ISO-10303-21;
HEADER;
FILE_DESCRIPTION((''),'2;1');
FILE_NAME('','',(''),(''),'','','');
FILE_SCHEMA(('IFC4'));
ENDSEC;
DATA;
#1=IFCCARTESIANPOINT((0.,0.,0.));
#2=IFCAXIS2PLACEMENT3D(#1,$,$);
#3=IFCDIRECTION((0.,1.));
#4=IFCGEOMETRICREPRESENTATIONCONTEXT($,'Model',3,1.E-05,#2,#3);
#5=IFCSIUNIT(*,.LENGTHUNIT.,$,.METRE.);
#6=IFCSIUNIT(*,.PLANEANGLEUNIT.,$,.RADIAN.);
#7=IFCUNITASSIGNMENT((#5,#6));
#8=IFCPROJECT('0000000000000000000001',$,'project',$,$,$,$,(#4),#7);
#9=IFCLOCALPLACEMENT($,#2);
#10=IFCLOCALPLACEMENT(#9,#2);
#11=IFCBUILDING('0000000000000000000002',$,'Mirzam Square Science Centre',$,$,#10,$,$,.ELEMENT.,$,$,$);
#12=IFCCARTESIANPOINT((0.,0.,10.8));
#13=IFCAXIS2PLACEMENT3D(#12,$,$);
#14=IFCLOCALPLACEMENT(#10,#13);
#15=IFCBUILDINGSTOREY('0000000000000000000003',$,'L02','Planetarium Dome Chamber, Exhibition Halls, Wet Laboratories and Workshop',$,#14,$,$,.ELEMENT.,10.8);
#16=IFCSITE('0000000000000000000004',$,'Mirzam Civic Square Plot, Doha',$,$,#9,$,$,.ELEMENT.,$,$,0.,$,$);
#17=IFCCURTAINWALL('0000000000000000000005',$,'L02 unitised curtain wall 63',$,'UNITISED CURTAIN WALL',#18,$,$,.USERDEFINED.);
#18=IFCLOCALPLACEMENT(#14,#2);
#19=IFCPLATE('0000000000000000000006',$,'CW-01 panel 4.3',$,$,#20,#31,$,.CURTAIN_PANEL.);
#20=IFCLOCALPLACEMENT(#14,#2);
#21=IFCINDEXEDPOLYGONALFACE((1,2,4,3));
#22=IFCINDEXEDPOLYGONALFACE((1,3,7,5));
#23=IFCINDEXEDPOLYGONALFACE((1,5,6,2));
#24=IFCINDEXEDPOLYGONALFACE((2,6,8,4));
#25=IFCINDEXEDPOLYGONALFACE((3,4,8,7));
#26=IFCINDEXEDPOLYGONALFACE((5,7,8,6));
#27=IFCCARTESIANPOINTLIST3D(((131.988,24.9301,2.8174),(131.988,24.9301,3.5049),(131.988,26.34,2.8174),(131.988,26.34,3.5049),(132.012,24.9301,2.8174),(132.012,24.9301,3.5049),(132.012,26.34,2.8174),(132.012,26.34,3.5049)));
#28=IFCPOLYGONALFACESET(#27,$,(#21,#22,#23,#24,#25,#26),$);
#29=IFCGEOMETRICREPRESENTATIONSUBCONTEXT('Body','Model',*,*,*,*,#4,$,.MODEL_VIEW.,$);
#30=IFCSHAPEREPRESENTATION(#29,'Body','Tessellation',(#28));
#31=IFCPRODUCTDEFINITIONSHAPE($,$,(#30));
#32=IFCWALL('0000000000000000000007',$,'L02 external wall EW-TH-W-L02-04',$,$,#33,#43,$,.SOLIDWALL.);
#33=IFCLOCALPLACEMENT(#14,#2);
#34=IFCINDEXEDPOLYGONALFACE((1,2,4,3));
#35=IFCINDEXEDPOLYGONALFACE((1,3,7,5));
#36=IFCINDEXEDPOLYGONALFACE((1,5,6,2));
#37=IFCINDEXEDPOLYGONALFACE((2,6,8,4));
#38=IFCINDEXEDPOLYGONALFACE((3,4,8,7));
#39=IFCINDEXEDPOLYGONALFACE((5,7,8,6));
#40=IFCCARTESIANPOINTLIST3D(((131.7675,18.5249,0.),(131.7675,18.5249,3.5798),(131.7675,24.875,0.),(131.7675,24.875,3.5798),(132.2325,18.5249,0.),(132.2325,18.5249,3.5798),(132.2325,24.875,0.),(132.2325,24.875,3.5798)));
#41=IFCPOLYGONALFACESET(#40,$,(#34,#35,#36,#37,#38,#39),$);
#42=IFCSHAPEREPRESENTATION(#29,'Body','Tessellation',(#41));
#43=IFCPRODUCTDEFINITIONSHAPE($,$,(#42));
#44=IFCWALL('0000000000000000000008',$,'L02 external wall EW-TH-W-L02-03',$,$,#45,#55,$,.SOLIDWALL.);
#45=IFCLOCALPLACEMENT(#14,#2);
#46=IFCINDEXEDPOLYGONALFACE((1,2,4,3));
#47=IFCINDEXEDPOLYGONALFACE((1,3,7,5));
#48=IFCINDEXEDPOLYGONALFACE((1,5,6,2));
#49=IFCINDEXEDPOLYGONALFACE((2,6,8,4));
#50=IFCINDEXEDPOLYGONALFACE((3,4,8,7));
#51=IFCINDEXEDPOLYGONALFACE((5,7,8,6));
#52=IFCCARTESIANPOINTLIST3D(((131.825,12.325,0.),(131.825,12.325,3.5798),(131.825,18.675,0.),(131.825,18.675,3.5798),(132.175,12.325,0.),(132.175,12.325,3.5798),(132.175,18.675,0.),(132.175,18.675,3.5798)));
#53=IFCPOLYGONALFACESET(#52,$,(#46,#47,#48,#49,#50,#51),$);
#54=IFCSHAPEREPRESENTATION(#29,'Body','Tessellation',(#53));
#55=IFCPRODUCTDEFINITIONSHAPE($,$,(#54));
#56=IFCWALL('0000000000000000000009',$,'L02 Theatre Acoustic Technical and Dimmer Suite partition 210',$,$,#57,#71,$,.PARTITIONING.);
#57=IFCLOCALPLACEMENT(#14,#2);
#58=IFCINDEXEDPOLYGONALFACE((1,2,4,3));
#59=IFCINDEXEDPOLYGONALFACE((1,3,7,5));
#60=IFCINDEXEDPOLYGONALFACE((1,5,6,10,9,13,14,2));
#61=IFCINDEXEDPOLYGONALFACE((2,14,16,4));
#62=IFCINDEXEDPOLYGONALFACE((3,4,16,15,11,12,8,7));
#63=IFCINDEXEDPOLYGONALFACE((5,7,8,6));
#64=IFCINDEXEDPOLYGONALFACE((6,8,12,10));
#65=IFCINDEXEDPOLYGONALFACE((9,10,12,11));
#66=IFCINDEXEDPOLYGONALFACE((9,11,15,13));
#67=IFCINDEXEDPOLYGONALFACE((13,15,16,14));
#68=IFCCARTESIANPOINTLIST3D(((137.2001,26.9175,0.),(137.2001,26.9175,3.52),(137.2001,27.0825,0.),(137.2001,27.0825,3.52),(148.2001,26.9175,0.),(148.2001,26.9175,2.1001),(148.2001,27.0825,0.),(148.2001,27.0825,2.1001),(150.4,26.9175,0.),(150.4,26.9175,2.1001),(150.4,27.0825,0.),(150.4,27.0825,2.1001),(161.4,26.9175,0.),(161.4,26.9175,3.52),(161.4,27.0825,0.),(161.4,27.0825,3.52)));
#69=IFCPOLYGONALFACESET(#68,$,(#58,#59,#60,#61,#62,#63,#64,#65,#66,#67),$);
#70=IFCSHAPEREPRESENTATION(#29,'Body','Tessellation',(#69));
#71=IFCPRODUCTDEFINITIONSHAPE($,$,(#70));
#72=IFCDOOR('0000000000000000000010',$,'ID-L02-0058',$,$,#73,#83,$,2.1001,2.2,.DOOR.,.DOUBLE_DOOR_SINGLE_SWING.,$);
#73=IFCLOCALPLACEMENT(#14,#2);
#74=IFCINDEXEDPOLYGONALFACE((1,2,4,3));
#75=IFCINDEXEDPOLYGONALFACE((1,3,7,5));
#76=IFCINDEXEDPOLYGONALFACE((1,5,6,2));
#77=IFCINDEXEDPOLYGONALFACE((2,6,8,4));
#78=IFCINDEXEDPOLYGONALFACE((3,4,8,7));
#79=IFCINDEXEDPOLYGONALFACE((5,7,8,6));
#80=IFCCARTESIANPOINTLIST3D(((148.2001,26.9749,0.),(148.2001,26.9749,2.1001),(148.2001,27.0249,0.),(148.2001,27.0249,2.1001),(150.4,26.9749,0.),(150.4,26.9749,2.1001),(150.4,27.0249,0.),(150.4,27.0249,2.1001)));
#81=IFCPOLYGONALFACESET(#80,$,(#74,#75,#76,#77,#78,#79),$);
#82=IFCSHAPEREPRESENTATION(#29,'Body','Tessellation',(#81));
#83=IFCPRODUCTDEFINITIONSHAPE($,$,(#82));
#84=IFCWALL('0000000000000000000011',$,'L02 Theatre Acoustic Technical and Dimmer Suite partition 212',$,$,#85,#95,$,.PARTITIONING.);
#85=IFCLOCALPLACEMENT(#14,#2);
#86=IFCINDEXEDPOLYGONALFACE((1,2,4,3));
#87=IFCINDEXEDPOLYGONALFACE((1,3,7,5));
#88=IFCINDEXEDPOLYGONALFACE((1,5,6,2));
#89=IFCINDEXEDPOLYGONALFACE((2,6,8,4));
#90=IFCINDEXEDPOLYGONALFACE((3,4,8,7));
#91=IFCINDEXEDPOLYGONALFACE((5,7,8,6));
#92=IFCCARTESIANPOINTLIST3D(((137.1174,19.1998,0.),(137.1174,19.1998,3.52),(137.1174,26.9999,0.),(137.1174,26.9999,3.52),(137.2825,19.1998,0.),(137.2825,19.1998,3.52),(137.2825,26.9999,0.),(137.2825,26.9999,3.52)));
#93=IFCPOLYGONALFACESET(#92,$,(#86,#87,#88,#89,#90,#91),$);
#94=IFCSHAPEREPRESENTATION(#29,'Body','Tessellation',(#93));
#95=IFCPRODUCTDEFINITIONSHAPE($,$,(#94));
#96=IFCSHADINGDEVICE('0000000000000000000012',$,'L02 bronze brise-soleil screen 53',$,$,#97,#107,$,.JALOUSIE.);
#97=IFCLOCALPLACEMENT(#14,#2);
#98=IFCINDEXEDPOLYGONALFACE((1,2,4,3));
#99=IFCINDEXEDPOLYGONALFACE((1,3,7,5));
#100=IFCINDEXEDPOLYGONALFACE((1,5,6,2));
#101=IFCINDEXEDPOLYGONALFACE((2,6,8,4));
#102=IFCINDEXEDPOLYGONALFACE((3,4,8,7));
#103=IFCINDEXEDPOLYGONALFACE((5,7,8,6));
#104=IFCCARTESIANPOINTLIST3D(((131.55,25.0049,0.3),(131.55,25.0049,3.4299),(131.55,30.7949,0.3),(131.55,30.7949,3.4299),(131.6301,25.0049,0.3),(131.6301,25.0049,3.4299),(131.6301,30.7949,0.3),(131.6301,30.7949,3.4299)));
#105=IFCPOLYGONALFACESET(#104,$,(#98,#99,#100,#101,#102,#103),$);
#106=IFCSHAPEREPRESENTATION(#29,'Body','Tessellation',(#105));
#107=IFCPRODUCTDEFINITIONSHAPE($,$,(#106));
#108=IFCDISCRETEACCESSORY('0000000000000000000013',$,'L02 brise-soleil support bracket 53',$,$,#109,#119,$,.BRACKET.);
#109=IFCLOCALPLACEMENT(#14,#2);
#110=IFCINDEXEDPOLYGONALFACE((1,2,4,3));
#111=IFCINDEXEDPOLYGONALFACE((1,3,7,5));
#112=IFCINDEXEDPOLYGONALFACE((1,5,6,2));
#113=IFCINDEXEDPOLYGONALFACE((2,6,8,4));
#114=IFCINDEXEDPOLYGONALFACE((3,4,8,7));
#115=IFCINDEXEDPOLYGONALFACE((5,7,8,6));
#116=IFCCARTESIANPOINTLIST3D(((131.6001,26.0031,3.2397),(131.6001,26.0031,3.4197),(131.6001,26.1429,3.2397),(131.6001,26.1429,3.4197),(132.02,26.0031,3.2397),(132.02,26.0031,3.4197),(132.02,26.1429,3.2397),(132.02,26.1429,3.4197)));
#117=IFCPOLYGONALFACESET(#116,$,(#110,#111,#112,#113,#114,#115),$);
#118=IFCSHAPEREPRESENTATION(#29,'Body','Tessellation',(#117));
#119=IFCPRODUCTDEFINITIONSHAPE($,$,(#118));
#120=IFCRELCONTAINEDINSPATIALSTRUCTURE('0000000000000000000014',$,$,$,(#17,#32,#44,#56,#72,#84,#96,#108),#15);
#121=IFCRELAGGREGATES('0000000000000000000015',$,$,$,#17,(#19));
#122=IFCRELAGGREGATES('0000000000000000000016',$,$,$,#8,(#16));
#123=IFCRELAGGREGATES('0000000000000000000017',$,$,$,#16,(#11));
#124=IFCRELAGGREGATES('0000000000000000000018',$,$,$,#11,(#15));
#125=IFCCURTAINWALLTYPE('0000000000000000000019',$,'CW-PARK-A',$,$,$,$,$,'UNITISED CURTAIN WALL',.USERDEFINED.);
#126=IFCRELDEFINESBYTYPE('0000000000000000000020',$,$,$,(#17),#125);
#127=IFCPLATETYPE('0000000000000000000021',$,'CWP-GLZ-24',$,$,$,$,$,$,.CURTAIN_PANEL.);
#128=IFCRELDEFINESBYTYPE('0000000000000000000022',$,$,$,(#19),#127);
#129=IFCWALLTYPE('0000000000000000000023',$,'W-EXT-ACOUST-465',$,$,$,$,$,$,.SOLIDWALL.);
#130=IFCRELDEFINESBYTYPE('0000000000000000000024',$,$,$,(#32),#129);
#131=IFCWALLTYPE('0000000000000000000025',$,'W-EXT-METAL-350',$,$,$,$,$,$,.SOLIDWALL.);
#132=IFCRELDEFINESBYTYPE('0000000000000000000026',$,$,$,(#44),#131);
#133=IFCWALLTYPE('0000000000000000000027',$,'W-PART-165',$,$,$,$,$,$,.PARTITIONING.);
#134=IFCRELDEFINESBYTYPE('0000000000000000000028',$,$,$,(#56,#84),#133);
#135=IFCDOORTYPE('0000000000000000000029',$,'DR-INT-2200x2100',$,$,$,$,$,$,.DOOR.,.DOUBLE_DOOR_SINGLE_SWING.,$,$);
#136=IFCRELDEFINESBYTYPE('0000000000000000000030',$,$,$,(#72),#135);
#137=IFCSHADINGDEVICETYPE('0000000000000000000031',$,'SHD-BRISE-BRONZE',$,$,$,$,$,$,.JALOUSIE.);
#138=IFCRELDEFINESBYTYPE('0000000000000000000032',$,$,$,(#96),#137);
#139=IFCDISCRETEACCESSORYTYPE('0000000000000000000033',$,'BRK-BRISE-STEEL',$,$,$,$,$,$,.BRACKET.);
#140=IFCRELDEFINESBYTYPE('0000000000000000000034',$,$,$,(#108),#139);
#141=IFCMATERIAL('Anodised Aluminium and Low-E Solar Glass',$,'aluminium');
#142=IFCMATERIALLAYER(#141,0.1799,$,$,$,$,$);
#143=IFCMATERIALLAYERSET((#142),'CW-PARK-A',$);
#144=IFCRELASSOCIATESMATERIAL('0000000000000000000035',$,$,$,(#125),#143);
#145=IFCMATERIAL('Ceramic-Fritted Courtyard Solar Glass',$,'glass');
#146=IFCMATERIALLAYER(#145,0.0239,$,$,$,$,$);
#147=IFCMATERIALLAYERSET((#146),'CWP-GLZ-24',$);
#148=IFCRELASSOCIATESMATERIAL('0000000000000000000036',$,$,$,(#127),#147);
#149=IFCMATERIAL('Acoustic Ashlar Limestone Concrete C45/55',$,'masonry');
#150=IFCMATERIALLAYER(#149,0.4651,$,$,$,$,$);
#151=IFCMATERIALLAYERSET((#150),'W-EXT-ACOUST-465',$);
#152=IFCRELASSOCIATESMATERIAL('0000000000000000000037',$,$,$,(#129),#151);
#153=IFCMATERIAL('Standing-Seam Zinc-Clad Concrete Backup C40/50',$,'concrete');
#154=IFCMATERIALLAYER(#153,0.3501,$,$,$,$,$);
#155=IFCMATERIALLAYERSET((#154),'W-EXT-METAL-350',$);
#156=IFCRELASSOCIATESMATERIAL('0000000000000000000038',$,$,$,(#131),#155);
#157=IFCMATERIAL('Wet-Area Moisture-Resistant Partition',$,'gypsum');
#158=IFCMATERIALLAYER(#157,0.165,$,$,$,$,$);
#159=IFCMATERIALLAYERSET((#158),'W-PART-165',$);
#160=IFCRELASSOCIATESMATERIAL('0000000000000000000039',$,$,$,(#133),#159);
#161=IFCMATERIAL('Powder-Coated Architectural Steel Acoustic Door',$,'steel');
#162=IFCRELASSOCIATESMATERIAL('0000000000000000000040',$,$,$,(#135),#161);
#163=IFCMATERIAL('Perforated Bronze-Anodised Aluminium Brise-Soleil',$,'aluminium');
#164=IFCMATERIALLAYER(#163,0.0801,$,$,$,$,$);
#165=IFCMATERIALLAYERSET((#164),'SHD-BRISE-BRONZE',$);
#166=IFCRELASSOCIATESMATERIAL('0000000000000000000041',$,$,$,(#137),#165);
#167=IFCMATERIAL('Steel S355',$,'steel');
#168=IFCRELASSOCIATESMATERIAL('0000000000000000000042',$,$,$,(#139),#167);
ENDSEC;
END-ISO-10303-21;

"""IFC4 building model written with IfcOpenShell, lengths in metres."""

from ifc_helpers import new_model, si_unit, direction, frame, frame_2d, origin, origin_2d, place, context, subcontext, project, spatial, rectangle, extrude, material, layer, layer_set, type_object, element, fill, aggregate, save


model = new_model("IFC4")

# Units and contexts
model_context = context("Model", 3, precision=1e-05, world=origin(), true_north=direction((0.0, 1.0)))
body_context = subcontext(model_context, "Body", "Model", "MODEL_VIEW")
ifc_project = project(units=[si_unit("LENGTHUNIT", "METRE"), si_unit("PLANEANGLEUNIT", "RADIAN")], contexts=[model_context])

# Site, building, storey
site_placement = place(None, origin())
site = spatial("IfcSite", under=ifc_project, at=site_placement, Name="Mirzam Civic Square Plot, Doha", CompositionType="ELEMENT", RefElevation=0.0)
building_placement = place(site_placement, origin())
building = spatial("IfcBuilding", under=site, at=building_placement, Name="Mirzam Square Science Centre", CompositionType="ELEMENT")
storey_placement = place(building_placement, frame((0.0, 0.0, 10.8)))
storey = spatial("IfcBuildingStorey", under=building, at=storey_placement, Name="L02", Description="Planetarium Dome Chamber, Exhibition Halls, Wet Laboratories and Workshop", CompositionType="ELEMENT", Elevation=10.8)

# Shared definitions
ifc_material_1 = material(Name="Steel S355", Category="steel")

# Curtain wall
ifc_material_2 = material(Name="Anodised Aluminium and Low-E Solar Glass", Category="aluminium")
ifc_layer_1 = layer(ifc_material_2, 0.1799)
ifc_layer_set_1 = layer_set([ifc_layer_1], Name="CW-PARK-A")
curtain_wall_type = type_object("IfcCurtainWallType", Name="CW-PARK-A", ElementType="UNITISED CURTAIN WALL", PredefinedType="USERDEFINED", material=ifc_layer_set_1)
curtain_wall_placement = place(storey_placement, origin())
curtain_wall = element("IfcCurtainWall", 1, at=curtain_wall_placement, inside=storey, type_object=curtain_wall_type, Name="L02 unitised curtain wall 63", ObjectType="UNITISED CURTAIN WALL", PredefinedType="USERDEFINED")

# Plate
ifc_material_3 = material(Name="Ceramic-Fritted Courtyard Solar Glass", Category="glass")
ifc_layer_2 = layer(ifc_material_3, 0.0239)
ifc_layer_set_2 = layer_set([ifc_layer_2], Name="CWP-GLZ-24")
plate_type = type_object("IfcPlateType", Name="CWP-GLZ-24", PredefinedType="CURTAIN_PANEL", material=ifc_layer_set_2)
plate_1_placement = place(storey_placement, frame((132.0, 25.635, 2.8174), z_axis=(0.0, 0.0, 1.0), x_axis=(0.0, -1.0, 0.0)))
plate_1 = element("IfcPlate", 2, at=plate_1_placement, type_object=plate_type, Name="CW-01 panel 4.3", PredefinedType="CURTAIN_PANEL", context=body_context, shape_type="SweptSolid", body=[
    extrude(rectangle(XDim=1.4099, YDim=0.0239, at=origin_2d()), origin(), (0.0, 0.0, 1.0), 0.6875),
])
aggregate(curtain_wall, [plate_1])

# Walls
ifc_material_4 = material(Name="Acoustic Ashlar Limestone Concrete C45/55", Category="masonry")
ifc_layer_3 = layer(ifc_material_4, 0.4651)
ifc_layer_set_3 = layer_set([ifc_layer_3], Name="W-EXT-ACOUST-465")
wall_type_1 = type_object("IfcWallType", Name="W-EXT-ACOUST-465", PredefinedType="SOLIDWALL", material=ifc_layer_set_3)
wall_1_placement = place(storey_placement, frame((132.0, 24.875, 0.0), z_axis=(0.0, 0.0, 1.0), x_axis=(0.0, -1.0, 0.0)))
element("IfcWall", 3, at=wall_1_placement, inside=storey, type_object=wall_type_1, Name="L02 external wall EW-TH-W-L02-04", PredefinedType="SOLIDWALL", context=body_context, shape_type="SweptSolid", body=[
    extrude(rectangle(XDim=6.3501, YDim=0.4651, at=frame_2d((3.175, 0.0))), origin(), (0.0, 0.0, 1.0), 3.5798),
])
ifc_material_5 = material(Name="Standing-Seam Zinc-Clad Concrete Backup C40/50", Category="concrete")
ifc_layer_4 = layer(ifc_material_5, 0.3501)
ifc_layer_set_4 = layer_set([ifc_layer_4], Name="W-EXT-METAL-350")
wall_type_2 = type_object("IfcWallType", Name="W-EXT-METAL-350", PredefinedType="SOLIDWALL", material=ifc_layer_set_4)
wall_2_placement = place(storey_placement, frame((132.0, 18.675, 0.0), z_axis=(0.0, 0.0, 1.0), x_axis=(0.0, -1.0, 0.0)))
element("IfcWall", 4, at=wall_2_placement, inside=storey, type_object=wall_type_2, Name="L02 external wall EW-TH-W-L02-03", PredefinedType="SOLIDWALL", context=body_context, shape_type="SweptSolid", body=[
    extrude(rectangle(XDim=6.3501, YDim=0.3501, at=frame_2d((3.175, 0.0))), origin(), (0.0, 0.0, 1.0), 3.5798),
])

# Wall, opening, door
ifc_material_6 = material(Name="Wet-Area Moisture-Resistant Partition", Category="gypsum")
ifc_layer_5 = layer(ifc_material_6, 0.165)
ifc_layer_set_5 = layer_set([ifc_layer_5], Name="W-PART-165")
wall_type_3 = type_object("IfcWallType", Name="W-PART-165", PredefinedType="PARTITIONING", material=ifc_layer_set_5)
wall_3_placement = place(storey_placement, frame((137.2, 27.0, 0.0), z_axis=(0.0, 0.0, 1.0), x_axis=(1.0, 0.0, 0.0)))
wall_3 = element("IfcWall", 5, at=wall_3_placement, inside=storey, type_object=wall_type_3, Name="L02 Theatre Acoustic Technical and Dimmer Suite partition 210", PredefinedType="PARTITIONING", context=body_context, shape_type="SweptSolid", body=[
    extrude(rectangle(XDim=24.2, YDim=0.165, at=frame_2d((12.1001, 0.0))), origin(), (0.0, 0.0, 1.0), 3.52),
])
opening_placement = place(wall_3_placement, frame((11.0, 0.0, 0.0)))
opening = element("IfcOpeningElement", 6, at=opening_placement, cuts=wall_3, PredefinedType="OPENING", context=body_context, shape_type="SweptSolid", body=[
    extrude(rectangle(XDim=2.2, YDim=2.1001, at=frame_2d((1.1001, 1.05))), frame((0.0, 0.0925, 0.0), z_axis=(0.0, -1.0, 0.0), x_axis=(1.0, 0.0, 0.0)), (0.0, 0.0, 1.0), 0.1851),
])
ifc_material_7 = material(Name="Powder-Coated Architectural Steel Acoustic Door", Category="steel")
door_type = type_object("IfcDoorType", Name="DR-INT-2200x2100", OperationType="DOUBLE_DOOR_SINGLE_SWING", PredefinedType="DOOR", material=ifc_material_7)
door_placement = place(opening_placement, origin())
door = element("IfcDoor", 7, at=door_placement, inside=storey, type_object=door_type, Name="ID-L02-0058", OperationType="DOUBLE_DOOR_SINGLE_SWING", OverallHeight=2.1001, OverallWidth=2.2, PredefinedType="DOOR", context=body_context, shape_type="SweptSolid", body=[
    extrude(rectangle(XDim=2.2, YDim=2.1001, at=frame_2d((1.1001, 1.05))), frame((0.0, 0.0249, 0.0), z_axis=(0.0, -1.0, 0.0), x_axis=(1.0, 0.0, 0.0)), (0.0, 0.0, 1.0), 0.05),
])
fill(opening, door)

# Wall
wall_4_placement = place(storey_placement, frame((137.2, 19.2, 0.0), z_axis=(0.0, 0.0, 1.0), x_axis=(0.0, 1.0, 0.0)))
element("IfcWall", 8, at=wall_4_placement, inside=storey, type_object=wall_type_3, Name="L02 Theatre Acoustic Technical and Dimmer Suite partition 212", PredefinedType="PARTITIONING", context=body_context, shape_type="SweptSolid", body=[
    extrude(rectangle(XDim=7.8, YDim=0.165, at=frame_2d((3.8999, 0.0))), origin(), (0.0, 0.0, 1.0), 3.52),
])

# Shading device
ifc_material_8 = material(Name="Perforated Bronze-Anodised Aluminium Brise-Soleil", Category="aluminium")
ifc_layer_6 = layer(ifc_material_8, 0.0801)
ifc_layer_set_6 = layer_set([ifc_layer_6], Name="SHD-BRISE-BRONZE")
shading_device_type = type_object("IfcShadingDeviceType", Name="SHD-BRISE-BRONZE", PredefinedType="JALOUSIE", material=ifc_layer_set_6)
shading_device_placement = place(storey_placement, frame((131.5901, 27.8999, 0.3), z_axis=(0.0, 0.0, 1.0), x_axis=(0.0, -1.0, 0.0)))
element("IfcShadingDevice", 9, at=shading_device_placement, inside=storey, type_object=shading_device_type, Name="L02 bronze brise-soleil screen 53", PredefinedType="JALOUSIE", context=body_context, shape_type="SweptSolid", body=[
    extrude(rectangle(XDim=5.79, YDim=0.0801, at=origin_2d()), origin(), (0.0, 0.0, 1.0), 3.1299),
])

# Discrete accessory
discrete_accessory_type = type_object("IfcDiscreteAccessoryType", Name="BRK-BRISE-STEEL", PredefinedType="BRACKET", material=ifc_material_1)
discrete_accessory_placement = place(storey_placement, frame((131.8101, 26.073, 3.2397), z_axis=(0.0, 0.0, 1.0), x_axis=(0.0, -1.0, 0.0)))
element("IfcDiscreteAccessory", 10, at=discrete_accessory_placement, inside=storey, type_object=discrete_accessory_type, Name="L02 brise-soleil support bracket 53", PredefinedType="BRACKET", context=body_context, shape_type="SweptSolid", body=[
    extrude(rectangle(XDim=0.1399, YDim=0.4199, at=origin_2d()), origin(), (0.0, 0.0, 1.0), 0.1799),
])

save(model, "model.ifc")
